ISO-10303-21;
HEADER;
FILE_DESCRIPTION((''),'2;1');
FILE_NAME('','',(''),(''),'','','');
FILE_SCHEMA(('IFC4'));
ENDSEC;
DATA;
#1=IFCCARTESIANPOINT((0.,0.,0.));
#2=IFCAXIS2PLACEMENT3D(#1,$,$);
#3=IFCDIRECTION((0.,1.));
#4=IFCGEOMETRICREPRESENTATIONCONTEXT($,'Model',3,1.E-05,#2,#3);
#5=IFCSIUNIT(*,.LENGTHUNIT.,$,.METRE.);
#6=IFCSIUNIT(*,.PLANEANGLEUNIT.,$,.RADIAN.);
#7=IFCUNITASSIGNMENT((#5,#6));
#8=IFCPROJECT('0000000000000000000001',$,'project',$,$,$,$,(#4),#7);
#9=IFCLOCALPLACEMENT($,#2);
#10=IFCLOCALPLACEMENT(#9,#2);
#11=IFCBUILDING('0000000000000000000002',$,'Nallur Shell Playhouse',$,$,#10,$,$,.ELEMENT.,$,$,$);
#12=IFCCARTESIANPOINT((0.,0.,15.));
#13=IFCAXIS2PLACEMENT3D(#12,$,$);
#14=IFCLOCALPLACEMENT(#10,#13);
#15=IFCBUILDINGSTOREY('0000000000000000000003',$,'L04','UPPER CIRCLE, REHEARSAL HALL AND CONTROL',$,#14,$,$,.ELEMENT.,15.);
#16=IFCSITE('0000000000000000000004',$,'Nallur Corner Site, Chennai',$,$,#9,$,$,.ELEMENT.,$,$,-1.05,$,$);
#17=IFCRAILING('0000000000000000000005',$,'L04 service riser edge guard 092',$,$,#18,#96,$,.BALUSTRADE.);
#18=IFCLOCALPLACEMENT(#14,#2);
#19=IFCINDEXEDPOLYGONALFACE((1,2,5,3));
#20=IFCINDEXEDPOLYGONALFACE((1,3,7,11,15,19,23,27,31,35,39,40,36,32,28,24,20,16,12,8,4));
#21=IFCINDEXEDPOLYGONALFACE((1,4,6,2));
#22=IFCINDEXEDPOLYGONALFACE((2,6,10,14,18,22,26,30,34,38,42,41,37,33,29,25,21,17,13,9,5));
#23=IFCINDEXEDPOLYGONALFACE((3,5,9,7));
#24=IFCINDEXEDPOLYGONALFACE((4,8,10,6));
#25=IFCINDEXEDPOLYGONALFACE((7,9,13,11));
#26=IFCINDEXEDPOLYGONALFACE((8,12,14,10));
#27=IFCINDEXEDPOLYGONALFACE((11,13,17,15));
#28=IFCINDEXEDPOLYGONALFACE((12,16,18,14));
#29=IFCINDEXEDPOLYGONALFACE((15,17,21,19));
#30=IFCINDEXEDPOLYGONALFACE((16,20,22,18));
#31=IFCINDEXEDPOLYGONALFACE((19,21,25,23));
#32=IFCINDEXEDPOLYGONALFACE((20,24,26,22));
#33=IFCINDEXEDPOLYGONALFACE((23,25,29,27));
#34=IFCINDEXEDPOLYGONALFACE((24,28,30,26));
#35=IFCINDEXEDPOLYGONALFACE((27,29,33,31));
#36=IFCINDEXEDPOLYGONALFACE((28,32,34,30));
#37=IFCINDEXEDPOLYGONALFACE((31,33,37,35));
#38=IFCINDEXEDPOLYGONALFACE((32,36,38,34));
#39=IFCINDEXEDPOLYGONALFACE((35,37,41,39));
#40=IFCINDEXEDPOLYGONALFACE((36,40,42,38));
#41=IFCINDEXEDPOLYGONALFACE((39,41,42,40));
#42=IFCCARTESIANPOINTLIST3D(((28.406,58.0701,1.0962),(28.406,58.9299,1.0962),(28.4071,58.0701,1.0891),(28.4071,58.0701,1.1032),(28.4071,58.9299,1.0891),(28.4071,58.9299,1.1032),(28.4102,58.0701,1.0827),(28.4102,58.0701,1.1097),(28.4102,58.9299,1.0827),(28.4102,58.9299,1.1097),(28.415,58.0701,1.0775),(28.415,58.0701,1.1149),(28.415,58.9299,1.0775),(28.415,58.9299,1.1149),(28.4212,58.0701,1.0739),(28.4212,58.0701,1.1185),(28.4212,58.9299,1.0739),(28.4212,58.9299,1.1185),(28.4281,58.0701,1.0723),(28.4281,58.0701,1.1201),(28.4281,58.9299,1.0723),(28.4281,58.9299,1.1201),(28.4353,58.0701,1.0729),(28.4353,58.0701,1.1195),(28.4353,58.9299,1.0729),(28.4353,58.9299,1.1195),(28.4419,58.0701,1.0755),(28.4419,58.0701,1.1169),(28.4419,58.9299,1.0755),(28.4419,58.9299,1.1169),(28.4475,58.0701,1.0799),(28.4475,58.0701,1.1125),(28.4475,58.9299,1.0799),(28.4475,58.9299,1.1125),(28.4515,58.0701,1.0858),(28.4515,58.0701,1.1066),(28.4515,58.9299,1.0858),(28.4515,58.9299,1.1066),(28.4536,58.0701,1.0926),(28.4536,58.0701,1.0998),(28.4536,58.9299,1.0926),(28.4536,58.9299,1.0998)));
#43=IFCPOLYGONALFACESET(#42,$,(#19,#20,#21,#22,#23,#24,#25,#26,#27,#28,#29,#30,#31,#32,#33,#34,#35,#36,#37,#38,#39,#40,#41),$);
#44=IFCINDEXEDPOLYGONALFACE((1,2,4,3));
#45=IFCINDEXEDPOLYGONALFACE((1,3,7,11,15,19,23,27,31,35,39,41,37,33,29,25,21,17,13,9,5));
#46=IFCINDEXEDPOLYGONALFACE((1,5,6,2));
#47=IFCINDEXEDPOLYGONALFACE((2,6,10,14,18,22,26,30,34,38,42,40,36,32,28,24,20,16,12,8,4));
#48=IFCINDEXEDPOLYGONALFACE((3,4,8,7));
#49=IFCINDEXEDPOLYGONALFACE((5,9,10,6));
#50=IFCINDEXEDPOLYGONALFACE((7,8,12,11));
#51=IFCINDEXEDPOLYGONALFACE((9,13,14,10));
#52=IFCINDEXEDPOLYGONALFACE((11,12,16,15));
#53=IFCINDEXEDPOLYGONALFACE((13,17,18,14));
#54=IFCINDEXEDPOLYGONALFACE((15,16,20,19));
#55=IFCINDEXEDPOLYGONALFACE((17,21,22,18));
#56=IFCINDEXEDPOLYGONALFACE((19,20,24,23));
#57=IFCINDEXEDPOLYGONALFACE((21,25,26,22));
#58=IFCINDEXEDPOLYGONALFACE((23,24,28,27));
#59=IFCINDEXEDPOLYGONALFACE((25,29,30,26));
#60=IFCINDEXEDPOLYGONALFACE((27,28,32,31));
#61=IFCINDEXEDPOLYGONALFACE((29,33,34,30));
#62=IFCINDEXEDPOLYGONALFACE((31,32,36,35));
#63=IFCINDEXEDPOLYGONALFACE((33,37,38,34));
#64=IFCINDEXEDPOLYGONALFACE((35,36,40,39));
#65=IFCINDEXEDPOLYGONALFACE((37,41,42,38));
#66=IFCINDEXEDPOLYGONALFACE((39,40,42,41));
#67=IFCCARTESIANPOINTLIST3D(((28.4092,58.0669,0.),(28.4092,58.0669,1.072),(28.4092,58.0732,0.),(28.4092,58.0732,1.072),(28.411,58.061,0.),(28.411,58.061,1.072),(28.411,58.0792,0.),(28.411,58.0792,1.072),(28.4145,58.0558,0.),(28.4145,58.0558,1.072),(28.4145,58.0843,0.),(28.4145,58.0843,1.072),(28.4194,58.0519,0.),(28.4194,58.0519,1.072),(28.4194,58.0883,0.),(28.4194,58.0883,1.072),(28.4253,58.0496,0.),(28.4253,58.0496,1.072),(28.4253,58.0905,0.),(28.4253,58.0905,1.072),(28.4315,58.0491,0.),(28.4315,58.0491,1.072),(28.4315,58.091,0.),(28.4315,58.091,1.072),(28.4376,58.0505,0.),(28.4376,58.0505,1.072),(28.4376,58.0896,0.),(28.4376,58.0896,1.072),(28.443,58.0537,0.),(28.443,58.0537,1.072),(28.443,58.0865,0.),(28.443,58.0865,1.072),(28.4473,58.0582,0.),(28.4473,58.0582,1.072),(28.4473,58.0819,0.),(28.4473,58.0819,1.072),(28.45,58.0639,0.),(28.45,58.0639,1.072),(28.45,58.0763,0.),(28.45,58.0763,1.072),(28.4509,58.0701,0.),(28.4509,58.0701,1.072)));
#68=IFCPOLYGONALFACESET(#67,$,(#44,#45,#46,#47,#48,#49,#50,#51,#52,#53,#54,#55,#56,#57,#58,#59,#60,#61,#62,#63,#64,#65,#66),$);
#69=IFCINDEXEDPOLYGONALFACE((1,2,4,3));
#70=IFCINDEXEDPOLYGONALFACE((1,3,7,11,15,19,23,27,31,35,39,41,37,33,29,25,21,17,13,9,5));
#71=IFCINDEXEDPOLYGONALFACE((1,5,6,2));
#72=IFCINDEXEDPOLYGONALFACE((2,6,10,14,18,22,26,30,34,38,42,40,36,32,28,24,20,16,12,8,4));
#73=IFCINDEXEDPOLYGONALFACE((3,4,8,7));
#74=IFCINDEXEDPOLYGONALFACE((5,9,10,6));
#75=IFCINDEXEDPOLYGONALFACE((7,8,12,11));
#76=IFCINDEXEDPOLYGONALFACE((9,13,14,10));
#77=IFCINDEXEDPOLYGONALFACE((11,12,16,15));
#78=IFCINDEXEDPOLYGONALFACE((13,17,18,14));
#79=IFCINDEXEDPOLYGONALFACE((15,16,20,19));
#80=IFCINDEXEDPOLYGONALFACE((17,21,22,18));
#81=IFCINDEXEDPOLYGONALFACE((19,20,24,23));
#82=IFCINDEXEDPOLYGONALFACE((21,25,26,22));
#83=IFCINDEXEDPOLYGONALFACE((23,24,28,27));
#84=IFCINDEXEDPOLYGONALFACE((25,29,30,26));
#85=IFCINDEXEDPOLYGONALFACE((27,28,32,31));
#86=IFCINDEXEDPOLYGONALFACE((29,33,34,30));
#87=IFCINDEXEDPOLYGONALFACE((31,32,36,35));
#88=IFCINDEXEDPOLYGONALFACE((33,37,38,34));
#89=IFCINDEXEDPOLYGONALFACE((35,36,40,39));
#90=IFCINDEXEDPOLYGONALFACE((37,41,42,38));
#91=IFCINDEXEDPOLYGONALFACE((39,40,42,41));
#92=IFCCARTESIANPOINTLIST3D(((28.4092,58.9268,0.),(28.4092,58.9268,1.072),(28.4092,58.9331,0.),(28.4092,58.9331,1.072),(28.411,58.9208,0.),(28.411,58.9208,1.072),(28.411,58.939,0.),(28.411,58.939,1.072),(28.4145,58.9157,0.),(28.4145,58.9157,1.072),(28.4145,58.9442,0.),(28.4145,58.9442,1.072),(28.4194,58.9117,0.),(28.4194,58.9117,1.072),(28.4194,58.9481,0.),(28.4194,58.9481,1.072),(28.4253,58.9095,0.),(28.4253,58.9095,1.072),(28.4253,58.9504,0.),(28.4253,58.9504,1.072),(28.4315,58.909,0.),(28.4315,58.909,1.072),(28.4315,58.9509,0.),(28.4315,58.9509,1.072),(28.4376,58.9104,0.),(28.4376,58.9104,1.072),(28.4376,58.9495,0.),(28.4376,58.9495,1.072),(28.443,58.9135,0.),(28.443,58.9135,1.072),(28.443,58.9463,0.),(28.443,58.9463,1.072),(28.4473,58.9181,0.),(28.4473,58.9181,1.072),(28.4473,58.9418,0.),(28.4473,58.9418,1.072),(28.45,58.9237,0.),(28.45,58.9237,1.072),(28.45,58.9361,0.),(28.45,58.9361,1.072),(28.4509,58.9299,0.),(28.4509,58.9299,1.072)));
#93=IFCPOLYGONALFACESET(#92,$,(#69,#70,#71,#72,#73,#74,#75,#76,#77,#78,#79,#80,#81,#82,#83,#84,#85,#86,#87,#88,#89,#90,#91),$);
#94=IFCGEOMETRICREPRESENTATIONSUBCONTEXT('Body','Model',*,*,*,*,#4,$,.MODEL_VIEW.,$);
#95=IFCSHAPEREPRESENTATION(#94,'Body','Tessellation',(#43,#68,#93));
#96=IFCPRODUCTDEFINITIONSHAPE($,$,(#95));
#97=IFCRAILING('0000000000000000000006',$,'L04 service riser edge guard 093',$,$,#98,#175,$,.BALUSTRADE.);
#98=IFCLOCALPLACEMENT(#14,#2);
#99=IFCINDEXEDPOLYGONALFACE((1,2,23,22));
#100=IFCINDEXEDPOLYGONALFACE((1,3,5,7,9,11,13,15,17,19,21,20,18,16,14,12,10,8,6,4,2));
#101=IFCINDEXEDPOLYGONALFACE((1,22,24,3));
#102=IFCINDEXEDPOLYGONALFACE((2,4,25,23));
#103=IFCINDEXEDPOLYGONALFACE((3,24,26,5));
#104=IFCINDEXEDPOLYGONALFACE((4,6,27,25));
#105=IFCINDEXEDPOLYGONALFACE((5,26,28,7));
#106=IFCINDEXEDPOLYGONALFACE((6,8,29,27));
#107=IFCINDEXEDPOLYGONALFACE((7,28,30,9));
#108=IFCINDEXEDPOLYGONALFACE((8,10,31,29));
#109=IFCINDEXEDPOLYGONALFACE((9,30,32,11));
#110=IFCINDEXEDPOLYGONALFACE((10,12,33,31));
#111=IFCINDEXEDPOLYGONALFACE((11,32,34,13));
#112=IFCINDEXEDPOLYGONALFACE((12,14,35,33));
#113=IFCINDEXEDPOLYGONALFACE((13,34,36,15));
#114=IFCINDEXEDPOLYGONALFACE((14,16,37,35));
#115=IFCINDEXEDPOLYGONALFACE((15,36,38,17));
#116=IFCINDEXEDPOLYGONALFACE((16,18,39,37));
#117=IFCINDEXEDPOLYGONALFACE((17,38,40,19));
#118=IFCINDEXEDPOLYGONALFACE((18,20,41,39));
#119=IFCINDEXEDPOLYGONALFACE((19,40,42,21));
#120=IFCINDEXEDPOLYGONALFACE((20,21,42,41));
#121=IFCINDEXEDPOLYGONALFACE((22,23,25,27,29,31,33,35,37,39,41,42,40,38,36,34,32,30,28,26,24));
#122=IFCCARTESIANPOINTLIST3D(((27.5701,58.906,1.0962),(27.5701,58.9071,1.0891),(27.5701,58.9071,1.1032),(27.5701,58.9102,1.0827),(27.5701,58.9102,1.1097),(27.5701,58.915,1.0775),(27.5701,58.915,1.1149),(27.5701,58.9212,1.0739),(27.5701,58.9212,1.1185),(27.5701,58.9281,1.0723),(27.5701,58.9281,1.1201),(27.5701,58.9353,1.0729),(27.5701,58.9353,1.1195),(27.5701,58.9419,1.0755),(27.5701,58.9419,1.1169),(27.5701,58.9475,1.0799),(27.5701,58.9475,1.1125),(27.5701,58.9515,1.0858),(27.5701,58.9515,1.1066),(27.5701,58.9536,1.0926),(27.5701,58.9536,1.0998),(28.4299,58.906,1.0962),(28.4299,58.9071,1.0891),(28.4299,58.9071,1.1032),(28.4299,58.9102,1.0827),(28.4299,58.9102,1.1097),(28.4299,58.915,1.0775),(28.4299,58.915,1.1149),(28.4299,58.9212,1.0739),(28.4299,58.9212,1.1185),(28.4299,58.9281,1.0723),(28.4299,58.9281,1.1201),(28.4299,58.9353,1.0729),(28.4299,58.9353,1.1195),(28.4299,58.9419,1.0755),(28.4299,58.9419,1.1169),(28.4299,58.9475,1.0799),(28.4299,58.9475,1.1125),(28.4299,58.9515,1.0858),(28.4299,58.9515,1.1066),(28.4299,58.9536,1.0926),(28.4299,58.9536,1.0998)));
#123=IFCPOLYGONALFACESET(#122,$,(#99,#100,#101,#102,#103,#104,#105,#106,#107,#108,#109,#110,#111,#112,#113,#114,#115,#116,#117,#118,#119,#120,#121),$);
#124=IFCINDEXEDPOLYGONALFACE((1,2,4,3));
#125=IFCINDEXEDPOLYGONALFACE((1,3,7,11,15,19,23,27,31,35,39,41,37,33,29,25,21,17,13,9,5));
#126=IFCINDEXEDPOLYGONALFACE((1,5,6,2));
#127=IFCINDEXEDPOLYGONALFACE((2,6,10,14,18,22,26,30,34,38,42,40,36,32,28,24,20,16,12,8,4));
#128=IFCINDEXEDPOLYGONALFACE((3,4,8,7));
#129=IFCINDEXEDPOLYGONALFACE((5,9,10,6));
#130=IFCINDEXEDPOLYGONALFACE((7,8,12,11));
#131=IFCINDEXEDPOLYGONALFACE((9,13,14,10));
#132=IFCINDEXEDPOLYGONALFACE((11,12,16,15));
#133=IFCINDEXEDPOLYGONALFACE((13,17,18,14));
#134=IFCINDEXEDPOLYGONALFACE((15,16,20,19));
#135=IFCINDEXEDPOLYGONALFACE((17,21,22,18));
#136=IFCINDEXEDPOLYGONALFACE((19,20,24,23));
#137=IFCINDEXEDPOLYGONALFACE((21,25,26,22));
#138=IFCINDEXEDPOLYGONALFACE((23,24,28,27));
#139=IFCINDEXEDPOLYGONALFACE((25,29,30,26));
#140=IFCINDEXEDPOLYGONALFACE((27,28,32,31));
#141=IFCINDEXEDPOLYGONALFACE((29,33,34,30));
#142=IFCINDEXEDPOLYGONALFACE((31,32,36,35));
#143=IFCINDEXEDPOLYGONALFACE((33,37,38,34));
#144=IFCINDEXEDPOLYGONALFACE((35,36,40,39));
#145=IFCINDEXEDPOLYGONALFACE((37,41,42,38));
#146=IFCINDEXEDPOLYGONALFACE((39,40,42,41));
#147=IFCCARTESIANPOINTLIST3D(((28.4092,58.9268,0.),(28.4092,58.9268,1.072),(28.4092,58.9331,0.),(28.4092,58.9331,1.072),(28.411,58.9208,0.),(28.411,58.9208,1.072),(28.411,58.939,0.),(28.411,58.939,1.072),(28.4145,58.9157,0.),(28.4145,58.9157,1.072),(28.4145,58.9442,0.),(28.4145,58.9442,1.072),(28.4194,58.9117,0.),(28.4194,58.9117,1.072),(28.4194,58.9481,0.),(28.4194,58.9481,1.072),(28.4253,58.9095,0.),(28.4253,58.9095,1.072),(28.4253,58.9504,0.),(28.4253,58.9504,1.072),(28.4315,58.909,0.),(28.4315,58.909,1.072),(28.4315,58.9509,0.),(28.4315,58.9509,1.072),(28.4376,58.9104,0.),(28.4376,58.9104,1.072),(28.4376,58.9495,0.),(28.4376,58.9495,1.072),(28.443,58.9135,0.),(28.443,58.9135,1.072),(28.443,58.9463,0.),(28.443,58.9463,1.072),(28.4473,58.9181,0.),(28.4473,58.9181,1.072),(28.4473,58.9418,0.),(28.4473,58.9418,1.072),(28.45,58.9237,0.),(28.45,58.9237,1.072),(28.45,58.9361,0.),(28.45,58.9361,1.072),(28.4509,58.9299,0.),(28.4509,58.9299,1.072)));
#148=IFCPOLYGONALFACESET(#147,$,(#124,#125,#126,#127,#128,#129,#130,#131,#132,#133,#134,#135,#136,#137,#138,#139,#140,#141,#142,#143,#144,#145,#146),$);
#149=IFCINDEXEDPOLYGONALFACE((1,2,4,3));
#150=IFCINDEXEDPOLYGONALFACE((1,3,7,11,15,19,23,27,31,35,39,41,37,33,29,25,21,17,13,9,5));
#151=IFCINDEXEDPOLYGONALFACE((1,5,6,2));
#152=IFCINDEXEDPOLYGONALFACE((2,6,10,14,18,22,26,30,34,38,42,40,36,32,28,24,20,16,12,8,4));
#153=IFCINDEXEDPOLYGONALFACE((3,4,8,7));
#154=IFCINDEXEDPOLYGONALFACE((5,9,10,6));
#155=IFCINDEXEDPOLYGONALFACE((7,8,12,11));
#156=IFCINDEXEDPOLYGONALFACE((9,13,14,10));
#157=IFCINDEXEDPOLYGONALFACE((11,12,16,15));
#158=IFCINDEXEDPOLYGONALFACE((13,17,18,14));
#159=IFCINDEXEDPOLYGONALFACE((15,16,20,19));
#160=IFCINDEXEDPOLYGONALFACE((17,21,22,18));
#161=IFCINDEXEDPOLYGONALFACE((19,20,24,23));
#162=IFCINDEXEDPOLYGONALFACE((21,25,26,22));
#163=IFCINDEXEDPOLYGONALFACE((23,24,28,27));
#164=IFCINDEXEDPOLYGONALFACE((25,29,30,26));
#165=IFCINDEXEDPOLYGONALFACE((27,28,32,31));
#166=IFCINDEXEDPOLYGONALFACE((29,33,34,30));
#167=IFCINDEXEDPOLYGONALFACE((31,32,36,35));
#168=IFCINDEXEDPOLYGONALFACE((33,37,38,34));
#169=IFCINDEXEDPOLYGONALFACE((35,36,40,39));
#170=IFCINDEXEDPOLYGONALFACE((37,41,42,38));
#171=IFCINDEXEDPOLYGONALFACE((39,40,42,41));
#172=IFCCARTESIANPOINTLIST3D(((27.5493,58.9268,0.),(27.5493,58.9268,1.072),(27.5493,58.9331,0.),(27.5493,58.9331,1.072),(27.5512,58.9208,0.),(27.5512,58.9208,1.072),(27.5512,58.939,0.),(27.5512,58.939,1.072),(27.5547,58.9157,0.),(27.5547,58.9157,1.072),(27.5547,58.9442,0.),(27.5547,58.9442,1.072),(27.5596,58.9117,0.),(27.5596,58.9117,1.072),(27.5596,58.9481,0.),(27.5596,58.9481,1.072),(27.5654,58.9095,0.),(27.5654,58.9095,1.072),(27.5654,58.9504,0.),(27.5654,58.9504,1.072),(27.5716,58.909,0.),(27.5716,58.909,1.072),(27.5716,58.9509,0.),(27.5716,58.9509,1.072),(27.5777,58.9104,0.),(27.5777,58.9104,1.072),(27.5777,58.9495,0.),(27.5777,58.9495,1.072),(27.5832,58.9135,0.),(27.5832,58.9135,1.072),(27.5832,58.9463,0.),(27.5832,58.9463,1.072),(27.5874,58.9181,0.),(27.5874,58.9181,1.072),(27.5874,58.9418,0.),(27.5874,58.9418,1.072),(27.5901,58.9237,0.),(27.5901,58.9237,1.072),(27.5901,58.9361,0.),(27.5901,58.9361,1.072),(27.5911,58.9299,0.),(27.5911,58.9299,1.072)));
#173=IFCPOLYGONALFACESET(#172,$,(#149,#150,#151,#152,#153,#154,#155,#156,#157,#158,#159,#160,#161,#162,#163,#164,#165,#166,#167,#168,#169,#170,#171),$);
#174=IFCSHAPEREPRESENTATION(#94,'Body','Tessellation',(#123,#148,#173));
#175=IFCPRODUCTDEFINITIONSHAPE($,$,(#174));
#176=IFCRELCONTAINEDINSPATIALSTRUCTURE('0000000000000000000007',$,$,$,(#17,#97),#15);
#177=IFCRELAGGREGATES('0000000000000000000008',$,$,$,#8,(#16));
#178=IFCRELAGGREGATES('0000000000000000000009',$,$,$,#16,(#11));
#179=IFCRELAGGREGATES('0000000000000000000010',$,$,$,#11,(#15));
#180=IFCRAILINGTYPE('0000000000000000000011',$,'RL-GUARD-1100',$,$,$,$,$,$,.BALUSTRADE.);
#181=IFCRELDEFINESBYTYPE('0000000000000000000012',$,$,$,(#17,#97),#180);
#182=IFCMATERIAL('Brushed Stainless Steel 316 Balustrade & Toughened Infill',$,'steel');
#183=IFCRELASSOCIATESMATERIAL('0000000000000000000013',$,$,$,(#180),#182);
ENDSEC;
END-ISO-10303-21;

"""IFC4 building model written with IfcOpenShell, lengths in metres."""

from ifc_helpers import new_model, si_unit, direction, frame, origin, origin_2d, place, context, subcontext, project, spatial, circle, extrude, material, type_object, element, save


model = new_model("IFC4")

# Units and contexts
model_context = context("Model", 3, precision=1e-05, world=origin(), true_north=direction((0.0, 1.0)))
body_context = subcontext(model_context, "Body", "Model", "MODEL_VIEW")
ifc_project = project(units=[si_unit("LENGTHUNIT", "METRE"), si_unit("PLANEANGLEUNIT", "RADIAN")], contexts=[model_context])

# Site, building, storey
site_placement = place(None, origin())
site = spatial("IfcSite", under=ifc_project, at=site_placement, Name="Nallur Corner Site, Chennai", CompositionType="ELEMENT", RefElevation=-1.05)
building_placement = place(site_placement, origin())
building = spatial("IfcBuilding", under=site, at=building_placement, Name="Nallur Shell Playhouse", CompositionType="ELEMENT")
storey_placement = place(building_placement, frame((0.0, 0.0, 15.0)))
storey = spatial("IfcBuildingStorey", under=building, at=storey_placement, Name="L04", Description="UPPER CIRCLE, REHEARSAL HALL AND CONTROL", CompositionType="ELEMENT", Elevation=15.0)

# Railings
ifc_material_1 = material(Name="Brushed Stainless Steel 316 Balustrade & Toughened Infill", Category="steel")
railing_type = type_object("IfcRailingType", Name="RL-GUARD-1100", PredefinedType="BALUSTRADE", material=ifc_material_1)
railing_1_placement = place(storey_placement, frame((28.4299, 58.0701, 0.0)))
element("IfcRailing", 1, at=railing_1_placement, inside=storey, type_object=railing_type, Name="L04 service riser edge guard 092", PredefinedType="BALUSTRADE", context=body_context, shape_type="SweptSolid", body=[
    extrude(circle(Radius=0.0239, at=origin_2d()), frame((0.0, 0.0, 1.0962), z_axis=(0.0, 1.0, 0.0), x_axis=(-1.0, 0.0, 0.0)), (0.0, 0.0, 1.0), 0.8599),
    extrude(circle(Radius=0.021, at=origin_2d()), origin(), (0.0, 0.0, 1.0), 1.072),
    extrude(circle(Radius=0.021, at=origin_2d()), frame((0.0, 0.8599, 0.0)), (0.0, 0.0, 1.0), 1.072),
])
railing_2_placement = place(storey_placement, frame((28.4299, 58.9299, 0.0)))
element("IfcRailing", 2, at=railing_2_placement, inside=storey, type_object=railing_type, Name="L04 service riser edge guard 093", PredefinedType="BALUSTRADE", context=body_context, shape_type="SweptSolid", body=[
    extrude(circle(Radius=0.0239, at=origin_2d()), frame((0.0, 0.0, 1.0962), z_axis=(-1.0, 0.0, 0.0), x_axis=(0.0, -1.0, 0.0)), (0.0, 0.0, 1.0), 0.8599),
    extrude(circle(Radius=0.021, at=origin_2d()), origin(), (0.0, 0.0, 1.0), 1.072),
    extrude(circle(Radius=0.021, at=origin_2d()), frame((-0.8599, 0.0, 0.0)), (0.0, 0.0, 1.0), 1.072),
])

save(model, "model.ifc")
